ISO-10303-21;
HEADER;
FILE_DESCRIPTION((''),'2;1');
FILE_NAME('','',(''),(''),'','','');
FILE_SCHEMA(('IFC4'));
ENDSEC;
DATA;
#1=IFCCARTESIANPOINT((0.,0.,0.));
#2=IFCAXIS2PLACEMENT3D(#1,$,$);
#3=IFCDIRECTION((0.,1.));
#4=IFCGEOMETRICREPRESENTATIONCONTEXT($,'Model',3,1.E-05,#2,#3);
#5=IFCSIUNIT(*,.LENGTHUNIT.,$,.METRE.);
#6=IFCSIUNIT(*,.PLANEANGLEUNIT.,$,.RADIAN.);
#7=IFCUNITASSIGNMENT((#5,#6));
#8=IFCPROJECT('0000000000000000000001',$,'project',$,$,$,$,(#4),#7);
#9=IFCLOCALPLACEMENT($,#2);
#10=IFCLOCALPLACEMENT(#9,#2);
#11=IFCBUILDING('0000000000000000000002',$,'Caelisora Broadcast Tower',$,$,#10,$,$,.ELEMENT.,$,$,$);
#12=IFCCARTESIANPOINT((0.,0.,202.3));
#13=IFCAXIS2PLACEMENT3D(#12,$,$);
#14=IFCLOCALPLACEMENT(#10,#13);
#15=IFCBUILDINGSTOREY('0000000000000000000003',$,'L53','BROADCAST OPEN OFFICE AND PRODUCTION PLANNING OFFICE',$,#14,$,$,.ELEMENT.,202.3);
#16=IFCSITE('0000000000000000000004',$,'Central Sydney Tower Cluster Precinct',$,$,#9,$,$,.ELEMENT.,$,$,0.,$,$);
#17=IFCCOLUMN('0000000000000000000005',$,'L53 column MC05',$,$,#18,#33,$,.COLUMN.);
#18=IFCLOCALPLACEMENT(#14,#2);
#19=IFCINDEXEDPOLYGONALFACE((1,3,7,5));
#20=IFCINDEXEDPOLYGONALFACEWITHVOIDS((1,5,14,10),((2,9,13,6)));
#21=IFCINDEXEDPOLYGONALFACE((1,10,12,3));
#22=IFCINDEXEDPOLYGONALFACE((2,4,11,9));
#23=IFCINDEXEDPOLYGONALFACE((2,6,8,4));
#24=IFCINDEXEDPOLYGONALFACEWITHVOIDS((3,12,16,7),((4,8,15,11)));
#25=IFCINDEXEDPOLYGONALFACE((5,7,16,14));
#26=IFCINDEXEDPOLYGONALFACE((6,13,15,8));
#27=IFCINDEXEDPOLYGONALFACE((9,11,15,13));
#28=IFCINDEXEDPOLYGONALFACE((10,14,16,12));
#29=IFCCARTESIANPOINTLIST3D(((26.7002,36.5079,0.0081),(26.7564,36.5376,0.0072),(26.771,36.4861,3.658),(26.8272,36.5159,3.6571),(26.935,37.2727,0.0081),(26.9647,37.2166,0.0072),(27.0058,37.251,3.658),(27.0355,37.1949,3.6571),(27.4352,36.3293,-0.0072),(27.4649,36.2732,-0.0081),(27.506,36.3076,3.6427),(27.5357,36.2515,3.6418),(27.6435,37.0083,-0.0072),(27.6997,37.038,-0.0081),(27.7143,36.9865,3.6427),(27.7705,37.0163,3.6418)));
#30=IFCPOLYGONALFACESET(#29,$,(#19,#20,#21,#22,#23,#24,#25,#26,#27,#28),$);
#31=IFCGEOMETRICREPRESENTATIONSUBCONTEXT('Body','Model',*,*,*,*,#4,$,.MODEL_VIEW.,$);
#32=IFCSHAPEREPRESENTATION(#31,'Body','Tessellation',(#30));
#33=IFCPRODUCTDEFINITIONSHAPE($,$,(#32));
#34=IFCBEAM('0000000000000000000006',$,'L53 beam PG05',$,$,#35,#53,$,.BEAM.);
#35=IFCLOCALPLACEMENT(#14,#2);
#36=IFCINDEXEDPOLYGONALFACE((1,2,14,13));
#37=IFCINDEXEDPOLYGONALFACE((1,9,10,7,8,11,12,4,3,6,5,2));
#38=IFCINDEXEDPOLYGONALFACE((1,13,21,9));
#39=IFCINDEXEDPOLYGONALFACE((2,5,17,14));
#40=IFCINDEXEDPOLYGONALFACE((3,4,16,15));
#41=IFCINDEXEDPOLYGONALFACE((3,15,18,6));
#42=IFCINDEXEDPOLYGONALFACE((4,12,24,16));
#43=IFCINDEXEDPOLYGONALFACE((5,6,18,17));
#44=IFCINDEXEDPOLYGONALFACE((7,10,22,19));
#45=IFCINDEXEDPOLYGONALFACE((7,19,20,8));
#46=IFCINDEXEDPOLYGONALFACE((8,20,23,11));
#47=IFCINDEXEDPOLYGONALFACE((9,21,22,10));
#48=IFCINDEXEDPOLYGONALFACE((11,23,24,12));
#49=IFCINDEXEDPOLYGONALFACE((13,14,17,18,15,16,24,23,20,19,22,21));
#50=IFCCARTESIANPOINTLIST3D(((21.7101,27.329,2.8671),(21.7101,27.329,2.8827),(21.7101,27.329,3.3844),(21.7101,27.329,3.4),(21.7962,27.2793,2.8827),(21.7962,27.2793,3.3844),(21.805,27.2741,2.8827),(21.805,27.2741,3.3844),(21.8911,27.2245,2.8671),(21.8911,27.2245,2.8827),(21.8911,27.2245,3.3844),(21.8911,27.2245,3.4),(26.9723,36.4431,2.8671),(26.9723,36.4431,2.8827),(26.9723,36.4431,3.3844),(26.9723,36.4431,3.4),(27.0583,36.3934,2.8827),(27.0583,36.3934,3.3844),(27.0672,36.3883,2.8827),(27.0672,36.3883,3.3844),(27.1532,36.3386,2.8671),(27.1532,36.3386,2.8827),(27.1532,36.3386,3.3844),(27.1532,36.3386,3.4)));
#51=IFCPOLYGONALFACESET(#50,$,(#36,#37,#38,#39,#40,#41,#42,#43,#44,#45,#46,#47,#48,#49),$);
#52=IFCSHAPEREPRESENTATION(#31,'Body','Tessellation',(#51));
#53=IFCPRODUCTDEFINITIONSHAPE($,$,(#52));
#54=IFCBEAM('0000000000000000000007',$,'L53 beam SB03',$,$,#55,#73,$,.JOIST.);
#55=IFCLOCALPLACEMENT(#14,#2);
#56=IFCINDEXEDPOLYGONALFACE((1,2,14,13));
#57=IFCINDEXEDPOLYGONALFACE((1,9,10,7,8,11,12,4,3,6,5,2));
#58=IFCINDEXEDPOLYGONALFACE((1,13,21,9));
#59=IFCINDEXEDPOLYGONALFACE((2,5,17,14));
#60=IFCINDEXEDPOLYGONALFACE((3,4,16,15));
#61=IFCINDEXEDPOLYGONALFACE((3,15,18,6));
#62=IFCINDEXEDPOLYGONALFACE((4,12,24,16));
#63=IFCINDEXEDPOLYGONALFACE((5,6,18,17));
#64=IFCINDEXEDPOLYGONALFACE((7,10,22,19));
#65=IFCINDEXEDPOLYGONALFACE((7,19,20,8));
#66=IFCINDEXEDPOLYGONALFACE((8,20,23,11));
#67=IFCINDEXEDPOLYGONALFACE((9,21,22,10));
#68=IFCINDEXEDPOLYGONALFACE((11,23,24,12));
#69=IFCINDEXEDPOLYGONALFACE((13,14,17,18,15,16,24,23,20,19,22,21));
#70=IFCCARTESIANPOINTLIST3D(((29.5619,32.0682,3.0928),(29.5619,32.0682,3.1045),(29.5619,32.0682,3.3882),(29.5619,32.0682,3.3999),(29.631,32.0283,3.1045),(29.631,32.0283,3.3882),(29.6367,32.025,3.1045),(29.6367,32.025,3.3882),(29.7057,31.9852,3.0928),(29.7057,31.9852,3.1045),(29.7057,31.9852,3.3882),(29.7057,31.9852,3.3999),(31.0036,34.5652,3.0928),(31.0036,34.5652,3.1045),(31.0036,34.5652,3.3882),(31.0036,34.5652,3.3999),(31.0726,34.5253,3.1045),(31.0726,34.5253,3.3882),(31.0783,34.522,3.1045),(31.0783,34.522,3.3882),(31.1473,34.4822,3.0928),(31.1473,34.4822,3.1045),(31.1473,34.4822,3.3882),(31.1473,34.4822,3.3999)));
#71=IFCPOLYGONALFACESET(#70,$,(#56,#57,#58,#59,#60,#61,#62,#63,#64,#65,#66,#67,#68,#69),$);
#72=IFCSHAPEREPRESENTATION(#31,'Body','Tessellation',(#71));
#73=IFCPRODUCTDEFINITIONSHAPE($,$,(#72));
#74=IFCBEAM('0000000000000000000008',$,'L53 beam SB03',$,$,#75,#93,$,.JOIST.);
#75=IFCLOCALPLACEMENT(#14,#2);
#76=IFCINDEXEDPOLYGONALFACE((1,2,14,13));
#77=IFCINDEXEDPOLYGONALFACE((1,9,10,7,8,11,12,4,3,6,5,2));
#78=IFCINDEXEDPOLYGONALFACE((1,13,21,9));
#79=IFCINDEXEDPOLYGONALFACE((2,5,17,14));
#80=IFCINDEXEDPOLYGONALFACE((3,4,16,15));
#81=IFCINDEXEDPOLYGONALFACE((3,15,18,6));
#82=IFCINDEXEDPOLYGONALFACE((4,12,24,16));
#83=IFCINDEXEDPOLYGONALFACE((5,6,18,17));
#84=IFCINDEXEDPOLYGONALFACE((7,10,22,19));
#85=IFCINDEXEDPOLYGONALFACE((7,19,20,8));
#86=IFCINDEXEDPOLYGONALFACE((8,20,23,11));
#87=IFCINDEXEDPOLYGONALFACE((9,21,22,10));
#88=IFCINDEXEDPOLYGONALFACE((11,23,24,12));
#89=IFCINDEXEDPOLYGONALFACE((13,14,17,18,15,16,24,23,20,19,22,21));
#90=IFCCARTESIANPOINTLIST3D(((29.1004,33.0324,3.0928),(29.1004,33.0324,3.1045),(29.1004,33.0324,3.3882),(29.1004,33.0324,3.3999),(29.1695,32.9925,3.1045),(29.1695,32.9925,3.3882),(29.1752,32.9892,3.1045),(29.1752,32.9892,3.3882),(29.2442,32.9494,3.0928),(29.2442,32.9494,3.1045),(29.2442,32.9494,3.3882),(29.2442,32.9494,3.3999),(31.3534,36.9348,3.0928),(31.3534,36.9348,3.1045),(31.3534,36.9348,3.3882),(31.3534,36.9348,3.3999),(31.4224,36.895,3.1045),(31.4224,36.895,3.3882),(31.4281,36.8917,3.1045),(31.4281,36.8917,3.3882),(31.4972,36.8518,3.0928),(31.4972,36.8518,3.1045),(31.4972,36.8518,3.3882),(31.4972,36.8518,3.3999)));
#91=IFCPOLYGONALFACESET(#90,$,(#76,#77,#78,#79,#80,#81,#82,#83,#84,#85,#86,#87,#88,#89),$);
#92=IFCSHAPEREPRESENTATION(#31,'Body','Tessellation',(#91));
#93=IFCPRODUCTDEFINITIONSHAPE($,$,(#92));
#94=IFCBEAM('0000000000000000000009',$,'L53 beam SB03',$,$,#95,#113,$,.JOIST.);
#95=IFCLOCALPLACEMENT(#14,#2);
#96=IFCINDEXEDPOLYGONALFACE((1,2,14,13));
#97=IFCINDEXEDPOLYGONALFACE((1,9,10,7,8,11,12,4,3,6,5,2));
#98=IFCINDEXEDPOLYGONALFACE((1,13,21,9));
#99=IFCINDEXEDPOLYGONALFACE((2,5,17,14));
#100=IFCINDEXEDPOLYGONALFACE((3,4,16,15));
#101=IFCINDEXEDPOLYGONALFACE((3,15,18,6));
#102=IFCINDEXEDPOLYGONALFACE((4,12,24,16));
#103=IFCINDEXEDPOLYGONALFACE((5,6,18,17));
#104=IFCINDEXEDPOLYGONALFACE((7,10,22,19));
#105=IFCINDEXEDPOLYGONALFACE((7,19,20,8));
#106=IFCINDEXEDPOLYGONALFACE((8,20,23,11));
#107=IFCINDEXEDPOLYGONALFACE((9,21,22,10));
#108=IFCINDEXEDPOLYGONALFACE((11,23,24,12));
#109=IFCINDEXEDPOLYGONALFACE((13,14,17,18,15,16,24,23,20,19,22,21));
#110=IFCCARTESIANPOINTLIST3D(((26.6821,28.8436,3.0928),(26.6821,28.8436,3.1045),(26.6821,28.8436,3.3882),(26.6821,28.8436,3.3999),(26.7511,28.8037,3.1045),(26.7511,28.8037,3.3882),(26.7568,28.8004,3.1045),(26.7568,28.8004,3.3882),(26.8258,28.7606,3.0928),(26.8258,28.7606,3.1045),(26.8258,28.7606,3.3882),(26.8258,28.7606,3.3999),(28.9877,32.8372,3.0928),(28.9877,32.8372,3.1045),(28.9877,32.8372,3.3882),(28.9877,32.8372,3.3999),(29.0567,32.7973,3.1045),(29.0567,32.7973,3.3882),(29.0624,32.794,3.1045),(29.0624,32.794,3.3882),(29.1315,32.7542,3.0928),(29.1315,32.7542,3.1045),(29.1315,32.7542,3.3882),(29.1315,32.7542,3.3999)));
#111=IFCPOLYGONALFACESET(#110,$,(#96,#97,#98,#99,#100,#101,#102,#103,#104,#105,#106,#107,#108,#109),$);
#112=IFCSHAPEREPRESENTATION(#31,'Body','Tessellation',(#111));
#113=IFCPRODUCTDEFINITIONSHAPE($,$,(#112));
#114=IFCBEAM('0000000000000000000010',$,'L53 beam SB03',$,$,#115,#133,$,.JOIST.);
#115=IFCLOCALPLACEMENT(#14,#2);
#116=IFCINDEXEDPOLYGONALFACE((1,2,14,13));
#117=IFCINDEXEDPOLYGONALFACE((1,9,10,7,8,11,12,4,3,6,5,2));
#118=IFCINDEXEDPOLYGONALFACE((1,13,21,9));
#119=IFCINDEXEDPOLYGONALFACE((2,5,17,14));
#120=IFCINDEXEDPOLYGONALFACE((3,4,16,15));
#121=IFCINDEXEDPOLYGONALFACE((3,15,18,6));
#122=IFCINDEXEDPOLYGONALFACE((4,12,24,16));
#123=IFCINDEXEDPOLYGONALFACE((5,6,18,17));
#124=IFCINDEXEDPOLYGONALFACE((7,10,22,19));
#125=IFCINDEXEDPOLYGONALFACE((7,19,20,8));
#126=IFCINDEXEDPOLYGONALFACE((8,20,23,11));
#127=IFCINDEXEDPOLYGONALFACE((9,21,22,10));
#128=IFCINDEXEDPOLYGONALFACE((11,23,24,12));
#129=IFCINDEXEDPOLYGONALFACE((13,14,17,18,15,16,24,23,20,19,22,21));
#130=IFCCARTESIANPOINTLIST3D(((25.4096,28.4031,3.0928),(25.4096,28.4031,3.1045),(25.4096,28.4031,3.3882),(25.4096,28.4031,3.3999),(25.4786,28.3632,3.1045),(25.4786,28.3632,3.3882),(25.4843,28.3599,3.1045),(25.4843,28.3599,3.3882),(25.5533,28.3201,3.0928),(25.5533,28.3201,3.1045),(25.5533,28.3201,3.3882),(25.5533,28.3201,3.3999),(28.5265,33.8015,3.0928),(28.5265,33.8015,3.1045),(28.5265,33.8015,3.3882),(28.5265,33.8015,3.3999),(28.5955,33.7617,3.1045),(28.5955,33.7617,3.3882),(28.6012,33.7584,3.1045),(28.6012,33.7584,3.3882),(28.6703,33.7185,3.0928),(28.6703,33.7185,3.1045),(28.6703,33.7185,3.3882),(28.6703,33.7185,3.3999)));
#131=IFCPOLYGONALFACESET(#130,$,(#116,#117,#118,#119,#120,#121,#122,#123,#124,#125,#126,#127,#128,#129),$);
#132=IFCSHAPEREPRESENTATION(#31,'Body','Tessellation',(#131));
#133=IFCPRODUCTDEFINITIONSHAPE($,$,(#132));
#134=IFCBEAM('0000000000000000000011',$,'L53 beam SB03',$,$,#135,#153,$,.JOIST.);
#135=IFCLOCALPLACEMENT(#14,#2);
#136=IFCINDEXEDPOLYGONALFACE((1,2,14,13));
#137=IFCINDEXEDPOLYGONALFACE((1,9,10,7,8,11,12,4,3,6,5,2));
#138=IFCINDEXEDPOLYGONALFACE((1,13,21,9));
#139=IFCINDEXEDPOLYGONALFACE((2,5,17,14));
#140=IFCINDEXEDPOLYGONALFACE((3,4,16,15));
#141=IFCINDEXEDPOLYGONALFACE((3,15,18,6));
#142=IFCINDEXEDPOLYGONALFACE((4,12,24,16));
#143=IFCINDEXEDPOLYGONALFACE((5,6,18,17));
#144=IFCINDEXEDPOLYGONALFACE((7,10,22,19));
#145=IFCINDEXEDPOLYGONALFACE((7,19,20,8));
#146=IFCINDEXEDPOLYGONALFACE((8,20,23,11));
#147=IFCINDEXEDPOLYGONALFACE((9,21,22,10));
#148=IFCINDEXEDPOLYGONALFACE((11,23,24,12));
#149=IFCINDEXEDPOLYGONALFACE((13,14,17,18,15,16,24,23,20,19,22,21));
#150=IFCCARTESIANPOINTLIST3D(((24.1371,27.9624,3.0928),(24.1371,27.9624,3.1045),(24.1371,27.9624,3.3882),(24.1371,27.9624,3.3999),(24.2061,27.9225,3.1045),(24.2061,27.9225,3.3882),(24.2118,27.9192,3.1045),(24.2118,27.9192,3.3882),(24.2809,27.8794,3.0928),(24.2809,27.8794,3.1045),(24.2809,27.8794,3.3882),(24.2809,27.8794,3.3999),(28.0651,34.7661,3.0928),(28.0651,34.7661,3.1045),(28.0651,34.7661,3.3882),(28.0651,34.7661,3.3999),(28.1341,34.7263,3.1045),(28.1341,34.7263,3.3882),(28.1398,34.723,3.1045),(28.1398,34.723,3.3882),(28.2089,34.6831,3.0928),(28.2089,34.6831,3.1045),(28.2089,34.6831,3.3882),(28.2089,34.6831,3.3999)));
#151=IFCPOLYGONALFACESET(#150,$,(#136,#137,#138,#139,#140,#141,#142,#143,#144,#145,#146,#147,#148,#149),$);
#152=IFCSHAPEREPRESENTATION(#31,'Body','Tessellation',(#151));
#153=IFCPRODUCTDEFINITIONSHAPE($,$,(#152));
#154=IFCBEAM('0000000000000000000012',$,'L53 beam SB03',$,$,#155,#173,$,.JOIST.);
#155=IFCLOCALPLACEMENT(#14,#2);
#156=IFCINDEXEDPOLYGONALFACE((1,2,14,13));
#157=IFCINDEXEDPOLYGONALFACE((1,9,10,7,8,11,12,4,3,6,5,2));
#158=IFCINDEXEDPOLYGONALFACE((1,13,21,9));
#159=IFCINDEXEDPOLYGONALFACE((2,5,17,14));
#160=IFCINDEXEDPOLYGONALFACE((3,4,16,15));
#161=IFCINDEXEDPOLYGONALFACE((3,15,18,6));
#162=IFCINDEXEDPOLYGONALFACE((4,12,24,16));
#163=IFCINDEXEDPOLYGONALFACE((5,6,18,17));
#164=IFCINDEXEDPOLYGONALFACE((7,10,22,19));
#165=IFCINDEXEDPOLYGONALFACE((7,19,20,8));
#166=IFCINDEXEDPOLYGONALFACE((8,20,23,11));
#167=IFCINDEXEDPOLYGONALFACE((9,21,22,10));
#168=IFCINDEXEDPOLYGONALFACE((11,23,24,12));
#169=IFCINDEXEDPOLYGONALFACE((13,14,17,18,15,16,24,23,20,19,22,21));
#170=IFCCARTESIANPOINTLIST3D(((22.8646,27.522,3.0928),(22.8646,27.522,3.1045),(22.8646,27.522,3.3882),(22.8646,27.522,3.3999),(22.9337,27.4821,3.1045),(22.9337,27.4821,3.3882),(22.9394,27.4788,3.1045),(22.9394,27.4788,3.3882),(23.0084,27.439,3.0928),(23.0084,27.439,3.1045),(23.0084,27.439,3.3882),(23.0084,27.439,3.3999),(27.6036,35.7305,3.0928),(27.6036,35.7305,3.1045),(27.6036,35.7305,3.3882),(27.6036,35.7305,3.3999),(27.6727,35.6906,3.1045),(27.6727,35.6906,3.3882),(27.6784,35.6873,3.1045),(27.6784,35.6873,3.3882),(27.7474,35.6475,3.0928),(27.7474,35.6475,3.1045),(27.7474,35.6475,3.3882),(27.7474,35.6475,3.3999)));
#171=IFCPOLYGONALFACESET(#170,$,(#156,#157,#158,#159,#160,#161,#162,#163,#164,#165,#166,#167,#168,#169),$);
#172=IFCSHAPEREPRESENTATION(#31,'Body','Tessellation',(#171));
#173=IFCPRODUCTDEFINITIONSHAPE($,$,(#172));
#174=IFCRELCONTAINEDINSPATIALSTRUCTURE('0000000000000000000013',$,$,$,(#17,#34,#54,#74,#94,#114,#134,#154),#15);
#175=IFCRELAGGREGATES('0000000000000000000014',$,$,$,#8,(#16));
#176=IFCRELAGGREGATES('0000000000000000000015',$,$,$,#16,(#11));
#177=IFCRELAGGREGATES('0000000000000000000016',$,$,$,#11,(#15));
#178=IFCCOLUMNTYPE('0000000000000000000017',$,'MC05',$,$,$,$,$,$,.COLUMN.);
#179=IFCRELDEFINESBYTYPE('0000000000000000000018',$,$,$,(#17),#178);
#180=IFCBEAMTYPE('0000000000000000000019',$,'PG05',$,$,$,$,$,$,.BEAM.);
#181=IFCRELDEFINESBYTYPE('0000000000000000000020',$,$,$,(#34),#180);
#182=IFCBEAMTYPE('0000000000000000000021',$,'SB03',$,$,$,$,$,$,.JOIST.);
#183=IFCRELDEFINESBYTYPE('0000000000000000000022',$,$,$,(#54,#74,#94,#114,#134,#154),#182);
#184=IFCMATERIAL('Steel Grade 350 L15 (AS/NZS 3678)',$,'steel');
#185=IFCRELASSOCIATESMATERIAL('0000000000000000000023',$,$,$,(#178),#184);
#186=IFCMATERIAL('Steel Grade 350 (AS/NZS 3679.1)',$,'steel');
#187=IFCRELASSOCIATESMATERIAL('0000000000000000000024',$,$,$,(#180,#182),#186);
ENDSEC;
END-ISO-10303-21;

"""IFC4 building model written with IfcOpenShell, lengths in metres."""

from ifc_helpers import new_model, si_unit, direction, frame, origin, origin_2d, place, context, subcontext, project, spatial, hollow_rectangle, i_section, extrude, source, transform, mapped, material, material_profile, profile_set, type_object, type_shapes, element, save


model = new_model("IFC4")

# Units and contexts
model_context = context("Model", 3, precision=1e-05, world=origin(), true_north=direction((0.0, 1.0)))
body_context = subcontext(model_context, "Body", "Model", "MODEL_VIEW")
ifc_project = project(units=[si_unit("LENGTHUNIT", "METRE"), si_unit("PLANEANGLEUNIT", "RADIAN")], contexts=[model_context])

# Site, building, storey
site_placement = place(None, origin())
site = spatial("IfcSite", under=ifc_project, at=site_placement, Name="Central Sydney Tower Cluster Precinct", CompositionType="ELEMENT", RefElevation=0.0)
building_placement = place(site_placement, origin())
building = spatial("IfcBuilding", under=site, at=building_placement, Name="Caelisora Broadcast Tower", CompositionType="ELEMENT")
storey_placement = place(building_placement, frame((0.0, 0.0, 202.3)))
storey = spatial("IfcBuildingStorey", under=building, at=storey_placement, Name="L53", Description="BROADCAST OPEN OFFICE AND PRODUCTION PLANNING OFFICE", CompositionType="ELEMENT", Elevation=202.3)

# Column
ifc_material_1 = material(Name="Steel Grade 350 L15 (AS/NZS 3678)", Category="steel")
ifc_material_profile_1 = material_profile(ifc_material_1, hollow_rectangle(XDim=0.8, YDim=0.8, WallThickness=0.0449, at=origin_2d()), Name="Steel Grade 350 L15 (AS/NZS 3678)")
ifc_profile_set_1 = profile_set([ifc_material_profile_1], Name="Steel Grade 350 L15 (AS/NZS 3678)")
column_type = type_object("IfcColumnType", Name="MC05", PredefinedType="COLUMN", material=ifc_profile_set_1)
shared_shape_1 = source(origin(), body_context, "Body", "SweptSolid", [
    extrude(hollow_rectangle(XDim=0.8, YDim=0.8, WallThickness=0.0449, at=origin_2d()), origin(), (0.0, 0.0, 1.0), 3.6506),
])
type_shapes(column_type, [shared_shape_1])
column_placement = place(storey_placement, frame((27.2, 36.7729, 0.0), z_axis=(0.019394, -0.005952, 0.999794), x_axis=(0.293391, 0.955993, 0.0)))
element("IfcColumn", 1, at=column_placement, inside=storey, type_object=column_type, Name="L53 column MC05", PredefinedType="COLUMN", context=body_context, shape_type="MappedRepresentation", body=[
    mapped(shared_shape_1, transform((0.0, 0.0, 0.0), scale=1.0)),
])

# Beams
ifc_material_2 = material(Name="Steel Grade 350 (AS/NZS 3679.1)", Category="steel")
ifc_material_profile_2 = material_profile(ifc_material_2, i_section(OverallWidth=0.209, OverallDepth=0.533, WebThickness=0.0103, FlangeThickness=0.0156, at=origin_2d()), Name="Steel Grade 350 (AS/NZS 3679.1)")
ifc_profile_set_2 = profile_set([ifc_material_profile_2], Name="Steel Grade 350 (AS/NZS 3679.1)")
beam_type_1 = type_object("IfcBeamType", Name="PG05", PredefinedType="BEAM", material=ifc_profile_set_2)
shared_shape_2 = source(origin(), body_context, "Body", "SweptSolid", [
    extrude(i_section(OverallWidth=0.209, OverallDepth=0.533, WebThickness=0.0103, FlangeThickness=0.0156, at=origin_2d()), origin(), (0.0, 0.0, 1.0), 10.5242),
])
type_shapes(beam_type_1, [shared_shape_2])
beam_1_placement = place(storey_placement, frame((27.0627, 36.3909, 3.1335), z_axis=(-0.500006, -0.866022, 0.0), x_axis=(0.866022, -0.500006, 0.0)))
element("IfcBeam", 2, at=beam_1_placement, inside=storey, type_object=beam_type_1, Name="L53 beam PG05", PredefinedType="BEAM", context=body_context, shape_type="MappedRepresentation", body=[
    mapped(shared_shape_2, transform((0.0, 0.0, 0.0), scale=1.0)),
])
ifc_material_profile_3 = material_profile(ifc_material_2, i_section(OverallWidth=0.166, OverallDepth=0.3071, WebThickness=0.0066, FlangeThickness=0.0117, at=origin_2d()), Name="Steel Grade 350 (AS/NZS 3679.1)")
ifc_profile_set_3 = profile_set([ifc_material_profile_3], Name="Steel Grade 350 (AS/NZS 3679.1)")
beam_type_2 = type_object("IfcBeamType", Name="SB03", PredefinedType="JOIST", material=ifc_profile_set_3)
shared_shape_3 = source(origin(), body_context, "Body", "SweptSolid", [
    extrude(i_section(OverallWidth=0.166, OverallDepth=0.3071, WebThickness=0.0066, FlangeThickness=0.0117, at=origin_2d()), origin(), (0.0, 0.0, 1.0), 2.8833),
])
beam_2_placement = place(storey_placement, frame((31.0754, 34.5237, 3.2463), z_axis=(-0.499991, -0.86603, 0.0), x_axis=(0.86603, -0.499991, 0.0)))
element("IfcBeam", 3, at=beam_2_placement, inside=storey, type_object=beam_type_2, Name="L53 beam SB03", PredefinedType="JOIST", context=body_context, shape_type="MappedRepresentation", body=[
    mapped(shared_shape_3, transform((0.0, 0.0, 0.0), scale=1.0)),
])
shared_shape_4 = source(origin(), body_context, "Body", "SweptSolid", [
    extrude(i_section(OverallWidth=0.166, OverallDepth=0.3071, WebThickness=0.0066, FlangeThickness=0.0117, at=origin_2d()), origin(), (0.0, 0.0, 1.0), 4.5061),
])
beam_3_placement = place(storey_placement, frame((31.4253, 36.8933, 3.2463), z_axis=(-0.499985, -0.866034, 0.0), x_axis=(0.866034, -0.499985, 0.0)))
element("IfcBeam", 4, at=beam_3_placement, inside=storey, type_object=beam_type_2, Name="L53 beam SB03", PredefinedType="JOIST", context=body_context, shape_type="MappedRepresentation", body=[
    mapped(shared_shape_4, transform((0.0, 0.0, 0.0), scale=1.0)),
])
shared_shape_5 = source(origin(), body_context, "Body", "SweptSolid", [
    extrude(i_section(OverallWidth=0.166, OverallDepth=0.3071, WebThickness=0.0066, FlangeThickness=0.0117, at=origin_2d()), origin(), (0.0, 0.0, 1.0), 4.6113),
])
beam_4_placement = place(storey_placement, frame((29.0596, 32.7957, 3.2463), z_axis=(-0.499988, -0.866032, 0.0), x_axis=(0.866032, -0.499988, 0.0)))
element("IfcBeam", 5, at=beam_4_placement, inside=storey, type_object=beam_type_2, Name="L53 beam SB03", PredefinedType="JOIST", context=body_context, shape_type="MappedRepresentation", body=[
    mapped(shared_shape_5, transform((0.0, 0.0, 0.0), scale=1.0)),
])
shared_shape_6 = source(origin(), body_context, "Body", "SweptSolid", [
    extrude(i_section(OverallWidth=0.166, OverallDepth=0.3071, WebThickness=0.0066, FlangeThickness=0.0117, at=origin_2d()), origin(), (0.0, 0.0, 1.0), 6.2336),
])
beam_5_placement = place(storey_placement, frame((28.5984, 33.76, 3.2463), z_axis=(-0.500019, -0.866015, 0.0), x_axis=(0.866015, -0.500019, 0.0)))
element("IfcBeam", 6, at=beam_5_placement, inside=storey, type_object=beam_type_2, Name="L53 beam SB03", PredefinedType="JOIST", context=body_context, shape_type="MappedRepresentation", body=[
    mapped(shared_shape_6, transform((0.0, 0.0, 0.0), scale=1.0)),
])
shared_shape_7 = source(origin(), body_context, "Body", "SweptSolid", [
    extrude(i_section(OverallWidth=0.166, OverallDepth=0.3071, WebThickness=0.0066, FlangeThickness=0.0117, at=origin_2d()), origin(), (0.0, 0.0, 1.0), 7.8562),
])
beam_6_placement = place(storey_placement, frame((28.137, 34.7246, 3.2463), z_axis=(-0.499986, -0.866033, 0.0), x_axis=(0.866033, -0.499986, 0.0)))
element("IfcBeam", 7, at=beam_6_placement, inside=storey, type_object=beam_type_2, Name="L53 beam SB03", PredefinedType="JOIST", context=body_context, shape_type="MappedRepresentation", body=[
    mapped(shared_shape_7, transform((0.0, 0.0, 0.0), scale=1.0)),
])
shared_shape_8 = source(origin(), body_context, "Body", "SweptSolid", [
    extrude(i_section(OverallWidth=0.166, OverallDepth=0.3071, WebThickness=0.0066, FlangeThickness=0.0117, at=origin_2d()), origin(), (0.0, 0.0, 1.0), 9.4783),
])
type_shapes(beam_type_2, [shared_shape_3, shared_shape_4, shared_shape_5, shared_shape_6, shared_shape_7, shared_shape_8])
beam_7_placement = place(storey_placement, frame((27.6755, 35.689, 3.2463), z_axis=(-0.499987, -0.866033, 0.0), x_axis=(0.866033, -0.499987, 0.0)))
element("IfcBeam", 8, at=beam_7_placement, inside=storey, type_object=beam_type_2, Name="L53 beam SB03", PredefinedType="JOIST", context=body_context, shape_type="MappedRepresentation", body=[
    mapped(shared_shape_8, transform((0.0, 0.0, 0.0), scale=1.0)),
])

save(model, "model.ifc")
